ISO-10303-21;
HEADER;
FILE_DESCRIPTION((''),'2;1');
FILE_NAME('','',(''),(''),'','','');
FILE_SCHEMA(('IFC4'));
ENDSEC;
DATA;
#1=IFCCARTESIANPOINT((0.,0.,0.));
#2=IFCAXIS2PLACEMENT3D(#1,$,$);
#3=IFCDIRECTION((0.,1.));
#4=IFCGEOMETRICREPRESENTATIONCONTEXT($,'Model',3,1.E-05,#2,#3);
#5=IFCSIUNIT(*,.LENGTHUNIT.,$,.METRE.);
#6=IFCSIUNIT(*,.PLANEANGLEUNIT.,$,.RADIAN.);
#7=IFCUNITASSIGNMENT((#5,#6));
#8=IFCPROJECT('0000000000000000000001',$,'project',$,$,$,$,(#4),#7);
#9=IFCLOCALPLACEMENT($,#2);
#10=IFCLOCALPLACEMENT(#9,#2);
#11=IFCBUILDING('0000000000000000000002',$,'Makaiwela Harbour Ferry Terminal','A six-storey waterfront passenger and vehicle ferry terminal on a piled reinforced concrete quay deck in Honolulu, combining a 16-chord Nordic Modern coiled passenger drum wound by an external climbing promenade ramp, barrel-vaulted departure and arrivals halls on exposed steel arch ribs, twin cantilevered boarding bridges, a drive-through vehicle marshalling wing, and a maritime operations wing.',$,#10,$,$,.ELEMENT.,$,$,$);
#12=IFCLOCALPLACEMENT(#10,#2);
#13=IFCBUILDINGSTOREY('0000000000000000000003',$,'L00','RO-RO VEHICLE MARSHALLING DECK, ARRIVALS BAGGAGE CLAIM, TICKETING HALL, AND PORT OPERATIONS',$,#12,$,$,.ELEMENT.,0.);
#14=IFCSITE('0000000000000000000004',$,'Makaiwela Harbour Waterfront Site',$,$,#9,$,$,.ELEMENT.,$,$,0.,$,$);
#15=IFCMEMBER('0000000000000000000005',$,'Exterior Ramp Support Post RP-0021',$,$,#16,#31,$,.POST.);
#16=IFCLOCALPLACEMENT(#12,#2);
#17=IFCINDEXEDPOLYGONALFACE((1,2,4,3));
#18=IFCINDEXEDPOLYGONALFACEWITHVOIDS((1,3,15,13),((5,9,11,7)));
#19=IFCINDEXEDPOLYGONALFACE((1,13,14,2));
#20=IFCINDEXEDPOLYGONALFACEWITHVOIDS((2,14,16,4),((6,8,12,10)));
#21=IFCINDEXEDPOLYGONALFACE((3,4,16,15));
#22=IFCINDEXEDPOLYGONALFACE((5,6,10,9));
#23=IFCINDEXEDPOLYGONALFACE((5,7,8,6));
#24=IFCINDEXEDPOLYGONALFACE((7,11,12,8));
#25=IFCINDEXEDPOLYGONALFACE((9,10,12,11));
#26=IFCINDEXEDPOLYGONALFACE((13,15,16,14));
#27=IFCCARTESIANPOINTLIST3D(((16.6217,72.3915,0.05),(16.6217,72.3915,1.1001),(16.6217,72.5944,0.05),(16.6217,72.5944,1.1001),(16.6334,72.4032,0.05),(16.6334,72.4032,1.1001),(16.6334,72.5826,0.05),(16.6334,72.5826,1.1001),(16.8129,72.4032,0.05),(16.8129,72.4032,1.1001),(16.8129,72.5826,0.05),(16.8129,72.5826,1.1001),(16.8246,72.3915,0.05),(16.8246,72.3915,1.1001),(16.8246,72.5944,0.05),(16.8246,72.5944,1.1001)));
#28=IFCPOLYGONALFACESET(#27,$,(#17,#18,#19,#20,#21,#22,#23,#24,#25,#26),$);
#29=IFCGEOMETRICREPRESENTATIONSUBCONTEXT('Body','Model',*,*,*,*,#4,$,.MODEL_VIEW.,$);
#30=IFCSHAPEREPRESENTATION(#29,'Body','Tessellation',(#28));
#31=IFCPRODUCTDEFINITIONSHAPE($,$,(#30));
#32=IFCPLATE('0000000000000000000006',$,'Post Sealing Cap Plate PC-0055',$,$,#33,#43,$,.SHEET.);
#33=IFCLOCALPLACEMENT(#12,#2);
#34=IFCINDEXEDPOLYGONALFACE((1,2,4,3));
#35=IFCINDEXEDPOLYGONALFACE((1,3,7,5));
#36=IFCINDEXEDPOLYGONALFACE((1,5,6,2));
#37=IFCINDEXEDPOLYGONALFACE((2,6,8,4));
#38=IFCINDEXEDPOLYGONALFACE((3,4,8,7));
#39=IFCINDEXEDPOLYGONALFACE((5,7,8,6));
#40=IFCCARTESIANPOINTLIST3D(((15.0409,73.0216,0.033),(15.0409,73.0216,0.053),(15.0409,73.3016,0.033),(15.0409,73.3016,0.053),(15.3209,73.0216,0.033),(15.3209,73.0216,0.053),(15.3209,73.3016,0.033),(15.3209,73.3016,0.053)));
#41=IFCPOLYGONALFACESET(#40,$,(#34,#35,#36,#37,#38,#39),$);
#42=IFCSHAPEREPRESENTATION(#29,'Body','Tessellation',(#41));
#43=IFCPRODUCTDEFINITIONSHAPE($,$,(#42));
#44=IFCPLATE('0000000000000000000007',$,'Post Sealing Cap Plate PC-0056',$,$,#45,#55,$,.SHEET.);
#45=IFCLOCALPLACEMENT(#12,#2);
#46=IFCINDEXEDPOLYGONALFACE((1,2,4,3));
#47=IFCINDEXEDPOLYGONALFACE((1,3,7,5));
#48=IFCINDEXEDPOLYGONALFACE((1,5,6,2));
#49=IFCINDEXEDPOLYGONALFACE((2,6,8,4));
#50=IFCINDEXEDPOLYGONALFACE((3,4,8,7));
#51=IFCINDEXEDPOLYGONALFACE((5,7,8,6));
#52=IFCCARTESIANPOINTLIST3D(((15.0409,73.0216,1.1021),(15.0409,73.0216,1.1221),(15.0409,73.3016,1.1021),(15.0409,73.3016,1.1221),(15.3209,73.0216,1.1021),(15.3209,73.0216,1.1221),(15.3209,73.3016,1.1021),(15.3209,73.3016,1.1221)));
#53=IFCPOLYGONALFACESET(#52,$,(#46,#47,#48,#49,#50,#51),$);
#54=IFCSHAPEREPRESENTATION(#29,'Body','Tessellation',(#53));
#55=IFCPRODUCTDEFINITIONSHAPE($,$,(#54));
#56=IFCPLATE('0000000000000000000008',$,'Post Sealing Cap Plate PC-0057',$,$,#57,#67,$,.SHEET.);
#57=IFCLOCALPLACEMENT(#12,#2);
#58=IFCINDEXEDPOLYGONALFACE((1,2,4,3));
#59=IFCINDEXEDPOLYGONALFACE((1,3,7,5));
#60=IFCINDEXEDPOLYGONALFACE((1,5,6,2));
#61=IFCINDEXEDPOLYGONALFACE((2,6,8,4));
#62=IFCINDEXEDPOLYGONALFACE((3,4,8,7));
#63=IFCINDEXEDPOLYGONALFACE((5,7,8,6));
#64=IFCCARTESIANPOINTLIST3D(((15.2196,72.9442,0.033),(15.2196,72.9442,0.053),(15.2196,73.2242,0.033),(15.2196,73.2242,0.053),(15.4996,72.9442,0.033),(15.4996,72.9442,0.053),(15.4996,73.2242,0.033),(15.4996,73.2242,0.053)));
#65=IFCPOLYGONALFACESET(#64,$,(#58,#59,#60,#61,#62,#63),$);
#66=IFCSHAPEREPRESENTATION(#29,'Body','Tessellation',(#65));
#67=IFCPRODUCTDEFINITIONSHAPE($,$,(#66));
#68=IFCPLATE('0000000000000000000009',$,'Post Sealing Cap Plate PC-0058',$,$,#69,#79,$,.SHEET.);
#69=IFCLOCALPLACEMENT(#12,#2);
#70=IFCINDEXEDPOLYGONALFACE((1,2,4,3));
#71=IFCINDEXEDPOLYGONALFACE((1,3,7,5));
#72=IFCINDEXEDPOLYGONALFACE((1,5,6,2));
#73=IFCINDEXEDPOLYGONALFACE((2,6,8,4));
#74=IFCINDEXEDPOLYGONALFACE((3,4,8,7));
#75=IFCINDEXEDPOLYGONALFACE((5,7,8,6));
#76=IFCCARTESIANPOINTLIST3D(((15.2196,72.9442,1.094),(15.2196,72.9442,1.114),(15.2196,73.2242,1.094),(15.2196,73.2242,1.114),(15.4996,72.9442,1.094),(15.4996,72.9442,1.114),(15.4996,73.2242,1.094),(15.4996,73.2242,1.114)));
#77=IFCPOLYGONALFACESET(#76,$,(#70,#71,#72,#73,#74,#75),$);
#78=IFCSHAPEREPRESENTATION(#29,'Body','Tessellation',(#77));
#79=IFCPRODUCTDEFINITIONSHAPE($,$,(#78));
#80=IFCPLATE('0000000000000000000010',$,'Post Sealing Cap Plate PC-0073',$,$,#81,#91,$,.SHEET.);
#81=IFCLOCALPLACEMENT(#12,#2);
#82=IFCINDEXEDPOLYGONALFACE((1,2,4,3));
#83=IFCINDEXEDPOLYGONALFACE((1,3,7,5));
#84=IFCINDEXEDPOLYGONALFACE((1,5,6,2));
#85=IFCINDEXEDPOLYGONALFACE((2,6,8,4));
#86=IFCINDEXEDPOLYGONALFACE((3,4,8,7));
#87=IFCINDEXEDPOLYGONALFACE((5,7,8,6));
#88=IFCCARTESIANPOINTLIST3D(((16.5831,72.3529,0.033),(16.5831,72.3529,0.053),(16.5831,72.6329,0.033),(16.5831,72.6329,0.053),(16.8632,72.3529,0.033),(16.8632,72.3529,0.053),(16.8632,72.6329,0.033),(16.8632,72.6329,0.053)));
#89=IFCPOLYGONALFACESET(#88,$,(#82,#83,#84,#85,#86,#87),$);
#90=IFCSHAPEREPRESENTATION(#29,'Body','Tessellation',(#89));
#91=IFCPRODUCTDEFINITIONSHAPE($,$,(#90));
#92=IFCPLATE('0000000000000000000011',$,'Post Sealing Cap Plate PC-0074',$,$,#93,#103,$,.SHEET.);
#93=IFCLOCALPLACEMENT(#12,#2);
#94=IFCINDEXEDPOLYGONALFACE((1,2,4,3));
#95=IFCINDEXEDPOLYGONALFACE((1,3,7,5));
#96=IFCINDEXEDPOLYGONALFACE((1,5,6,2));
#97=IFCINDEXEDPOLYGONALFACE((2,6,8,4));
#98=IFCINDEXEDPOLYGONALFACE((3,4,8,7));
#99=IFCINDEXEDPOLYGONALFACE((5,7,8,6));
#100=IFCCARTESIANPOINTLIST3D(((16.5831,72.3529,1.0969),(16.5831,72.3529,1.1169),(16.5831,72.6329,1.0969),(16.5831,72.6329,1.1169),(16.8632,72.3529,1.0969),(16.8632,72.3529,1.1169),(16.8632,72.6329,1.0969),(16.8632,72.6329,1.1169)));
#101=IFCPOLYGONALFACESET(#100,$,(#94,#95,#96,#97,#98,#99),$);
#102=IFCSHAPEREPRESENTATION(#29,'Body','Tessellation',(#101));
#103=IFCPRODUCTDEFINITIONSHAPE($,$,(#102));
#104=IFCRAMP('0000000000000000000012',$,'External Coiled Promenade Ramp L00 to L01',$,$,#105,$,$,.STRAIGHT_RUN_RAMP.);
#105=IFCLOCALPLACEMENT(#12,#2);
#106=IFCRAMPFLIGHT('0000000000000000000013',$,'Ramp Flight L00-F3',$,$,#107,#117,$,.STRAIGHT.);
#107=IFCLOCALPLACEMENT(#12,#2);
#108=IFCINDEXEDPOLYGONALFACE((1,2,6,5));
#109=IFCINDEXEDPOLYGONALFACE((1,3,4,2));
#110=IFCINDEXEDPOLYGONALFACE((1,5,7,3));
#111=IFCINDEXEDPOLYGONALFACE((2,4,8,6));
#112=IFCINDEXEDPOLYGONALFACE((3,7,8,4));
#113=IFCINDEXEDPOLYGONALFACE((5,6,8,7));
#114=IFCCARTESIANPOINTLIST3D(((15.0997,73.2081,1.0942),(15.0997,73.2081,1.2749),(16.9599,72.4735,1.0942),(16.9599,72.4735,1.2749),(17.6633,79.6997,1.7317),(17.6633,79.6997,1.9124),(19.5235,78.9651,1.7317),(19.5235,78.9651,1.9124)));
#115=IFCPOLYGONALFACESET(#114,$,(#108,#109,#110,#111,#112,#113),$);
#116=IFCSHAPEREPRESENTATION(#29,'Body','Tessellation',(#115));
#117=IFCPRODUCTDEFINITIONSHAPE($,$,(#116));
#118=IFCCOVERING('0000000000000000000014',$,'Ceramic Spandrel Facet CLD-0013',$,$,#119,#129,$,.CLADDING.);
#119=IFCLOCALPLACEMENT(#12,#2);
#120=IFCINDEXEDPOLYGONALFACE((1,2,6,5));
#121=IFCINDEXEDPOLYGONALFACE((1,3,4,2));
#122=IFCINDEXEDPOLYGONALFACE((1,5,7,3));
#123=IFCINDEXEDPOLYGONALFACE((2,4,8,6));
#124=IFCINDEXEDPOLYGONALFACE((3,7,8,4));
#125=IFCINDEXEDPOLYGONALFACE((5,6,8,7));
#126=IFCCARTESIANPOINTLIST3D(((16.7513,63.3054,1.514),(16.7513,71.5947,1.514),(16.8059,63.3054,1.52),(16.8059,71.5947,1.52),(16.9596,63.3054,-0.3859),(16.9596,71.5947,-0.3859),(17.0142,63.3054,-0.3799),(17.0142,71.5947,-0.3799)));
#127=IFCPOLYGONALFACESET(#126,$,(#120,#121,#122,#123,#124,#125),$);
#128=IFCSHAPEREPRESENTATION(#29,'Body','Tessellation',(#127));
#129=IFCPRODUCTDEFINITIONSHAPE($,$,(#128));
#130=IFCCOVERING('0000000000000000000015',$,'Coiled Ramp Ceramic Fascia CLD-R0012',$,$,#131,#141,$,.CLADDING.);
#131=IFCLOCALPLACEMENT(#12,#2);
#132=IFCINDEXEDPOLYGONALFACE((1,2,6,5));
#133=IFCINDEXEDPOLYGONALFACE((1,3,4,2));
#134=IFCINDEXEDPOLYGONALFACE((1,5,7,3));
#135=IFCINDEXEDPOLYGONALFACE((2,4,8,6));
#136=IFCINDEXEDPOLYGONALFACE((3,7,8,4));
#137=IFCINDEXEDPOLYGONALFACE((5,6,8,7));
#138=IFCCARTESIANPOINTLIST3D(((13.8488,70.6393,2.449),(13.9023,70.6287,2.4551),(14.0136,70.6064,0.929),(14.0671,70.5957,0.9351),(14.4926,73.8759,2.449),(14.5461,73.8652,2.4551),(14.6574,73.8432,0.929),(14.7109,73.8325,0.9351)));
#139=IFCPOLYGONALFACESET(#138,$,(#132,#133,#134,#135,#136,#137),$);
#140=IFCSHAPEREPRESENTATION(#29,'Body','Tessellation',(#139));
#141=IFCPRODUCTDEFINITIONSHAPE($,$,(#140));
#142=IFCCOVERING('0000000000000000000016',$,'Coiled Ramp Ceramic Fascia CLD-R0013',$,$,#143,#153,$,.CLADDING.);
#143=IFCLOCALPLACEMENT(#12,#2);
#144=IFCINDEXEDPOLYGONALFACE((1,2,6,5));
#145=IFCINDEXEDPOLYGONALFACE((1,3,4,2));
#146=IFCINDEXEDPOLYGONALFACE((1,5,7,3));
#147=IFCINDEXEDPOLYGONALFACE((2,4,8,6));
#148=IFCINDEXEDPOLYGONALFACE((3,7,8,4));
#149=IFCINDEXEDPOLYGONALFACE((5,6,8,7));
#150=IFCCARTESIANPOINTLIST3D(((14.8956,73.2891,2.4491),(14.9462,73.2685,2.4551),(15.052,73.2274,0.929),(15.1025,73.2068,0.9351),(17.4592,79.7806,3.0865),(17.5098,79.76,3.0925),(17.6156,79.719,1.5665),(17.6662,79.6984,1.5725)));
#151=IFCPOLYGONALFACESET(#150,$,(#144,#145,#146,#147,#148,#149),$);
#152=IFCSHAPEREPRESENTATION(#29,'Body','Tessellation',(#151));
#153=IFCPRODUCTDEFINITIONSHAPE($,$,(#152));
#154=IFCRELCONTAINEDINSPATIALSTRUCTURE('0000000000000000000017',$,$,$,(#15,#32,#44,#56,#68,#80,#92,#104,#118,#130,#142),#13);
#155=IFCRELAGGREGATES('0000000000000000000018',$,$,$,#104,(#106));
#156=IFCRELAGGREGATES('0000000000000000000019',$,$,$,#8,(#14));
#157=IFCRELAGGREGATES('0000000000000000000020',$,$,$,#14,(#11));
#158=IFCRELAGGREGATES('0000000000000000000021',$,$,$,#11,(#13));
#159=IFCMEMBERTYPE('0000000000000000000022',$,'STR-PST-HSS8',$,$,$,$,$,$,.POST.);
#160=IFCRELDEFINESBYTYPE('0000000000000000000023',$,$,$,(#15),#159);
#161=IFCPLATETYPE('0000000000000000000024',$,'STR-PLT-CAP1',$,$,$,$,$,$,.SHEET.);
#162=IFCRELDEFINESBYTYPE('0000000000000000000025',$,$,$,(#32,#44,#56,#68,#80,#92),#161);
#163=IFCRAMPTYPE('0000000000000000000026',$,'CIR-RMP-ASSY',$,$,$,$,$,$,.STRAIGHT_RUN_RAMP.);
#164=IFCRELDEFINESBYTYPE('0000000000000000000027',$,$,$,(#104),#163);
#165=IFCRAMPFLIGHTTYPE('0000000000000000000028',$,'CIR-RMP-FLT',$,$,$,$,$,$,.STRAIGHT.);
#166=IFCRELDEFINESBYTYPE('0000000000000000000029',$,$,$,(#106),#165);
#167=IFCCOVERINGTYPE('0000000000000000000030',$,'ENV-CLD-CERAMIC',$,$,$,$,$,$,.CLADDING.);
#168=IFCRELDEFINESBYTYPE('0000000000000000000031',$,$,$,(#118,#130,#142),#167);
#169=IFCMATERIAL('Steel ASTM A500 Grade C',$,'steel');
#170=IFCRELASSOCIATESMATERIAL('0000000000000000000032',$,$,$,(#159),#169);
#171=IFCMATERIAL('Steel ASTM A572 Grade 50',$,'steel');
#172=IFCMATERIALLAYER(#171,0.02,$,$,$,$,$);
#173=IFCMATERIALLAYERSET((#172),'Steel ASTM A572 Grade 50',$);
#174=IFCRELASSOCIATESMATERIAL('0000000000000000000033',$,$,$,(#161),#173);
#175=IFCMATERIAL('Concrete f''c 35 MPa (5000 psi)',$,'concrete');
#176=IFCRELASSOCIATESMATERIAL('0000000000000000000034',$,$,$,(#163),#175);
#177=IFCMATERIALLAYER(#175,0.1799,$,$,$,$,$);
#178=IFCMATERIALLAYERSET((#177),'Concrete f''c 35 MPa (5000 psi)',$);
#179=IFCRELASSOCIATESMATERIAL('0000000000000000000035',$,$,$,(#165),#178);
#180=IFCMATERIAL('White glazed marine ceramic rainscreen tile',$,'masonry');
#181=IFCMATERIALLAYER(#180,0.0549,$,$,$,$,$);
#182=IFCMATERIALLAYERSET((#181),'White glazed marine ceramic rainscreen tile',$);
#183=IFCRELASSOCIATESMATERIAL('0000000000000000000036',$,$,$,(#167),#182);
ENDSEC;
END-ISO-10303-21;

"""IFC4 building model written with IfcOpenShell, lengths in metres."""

from ifc_helpers import new_model, si_unit, direction, frame, origin, origin_2d, place, context, subcontext, project, spatial, polyline, rectangle, hollow_rectangle, outline, extrude, material, layer, layer_set, material_profile, profile_set, type_object, element, aggregate, save


model = new_model("IFC4")

# Units and contexts
model_context = context("Model", 3, precision=1e-05, world=origin(), true_north=direction((0.0, 1.0)))
body_context = subcontext(model_context, "Body", "Model", "MODEL_VIEW")
ifc_project = project(units=[si_unit("LENGTHUNIT", "METRE"), si_unit("PLANEANGLEUNIT", "RADIAN")], contexts=[model_context])

# Site, building, storey
site_placement = place(None, origin())
site = spatial("IfcSite", under=ifc_project, at=site_placement, Name="Makaiwela Harbour Waterfront Site", CompositionType="ELEMENT", RefElevation=0.0)
building_placement = place(site_placement, origin())
building = spatial("IfcBuilding", under=site, at=building_placement, Name="Makaiwela Harbour Ferry Terminal", Description="A six-storey waterfront passenger and vehicle ferry terminal on a piled reinforced concrete quay deck in Honolulu, combining a 16-chord Nordic Modern coiled passenger drum wound by an external climbing promenade ramp, barrel-vaulted departure and arrivals halls on exposed steel arch ribs, twin cantilevered boarding bridges, a drive-through vehicle marshalling wing, and a maritime operations wing.", CompositionType="ELEMENT")
storey_placement = place(building_placement, origin())
storey = spatial("IfcBuildingStorey", under=building, at=storey_placement, Name="L00", Description="RO-RO VEHICLE MARSHALLING DECK, ARRIVALS BAGGAGE CLAIM, TICKETING HALL, AND PORT OPERATIONS", CompositionType="ELEMENT", Elevation=0.0)

# Member
ifc_material_1 = material(Name="Steel ASTM A500 Grade C", Category="steel")
ifc_material_profile_1 = material_profile(ifc_material_1, hollow_rectangle(XDim=0.2029, YDim=0.2029, WallThickness=0.0117, at=origin_2d()), Name="HSS8X8X1/2")
ifc_profile_set_1 = profile_set([ifc_material_profile_1], Name="Steel ASTM A500 Grade C")
member_type_1 = type_object("IfcMemberType", Name="STR-PST-HSS8", PredefinedType="POST", material=ifc_profile_set_1)
member_1_placement = place(storey_placement, frame((16.7231, 72.4929, 0.05), z_axis=(0.0, 0.0, 1.0), x_axis=(1.0, 0.0, 0.0)))
element("IfcMember", 1, at=member_1_placement, inside=storey, type_object=member_type_1, Name="Exterior Ramp Support Post RP-0021", PredefinedType="POST", context=body_context, shape_type="SweptSolid", body=[
    extrude(hollow_rectangle(XDim=0.2029, YDim=0.2029, WallThickness=0.0117, at=origin_2d()), origin(), (0.0, 0.0, 1.0), 1.05),
])

# Plates
ifc_material_2 = material(Name="Steel ASTM A572 Grade 50", Category="steel")
ifc_layer_1 = layer(ifc_material_2, 0.02)
ifc_layer_set_1 = layer_set([ifc_layer_1], Name="Steel ASTM A572 Grade 50")
plate_type = type_object("IfcPlateType", Name="STR-PLT-CAP1", PredefinedType="SHEET", material=ifc_layer_set_1)
for number, where, z_axis, x_axis, name in (
    (2, (15.1809, 73.1616, 0.033), (0.0, 0.0, 1.0), (1.0, 0.0, 0.0), "Post Sealing Cap Plate PC-0055"),
    (3, (15.1809, 73.1616, 1.1021), (0.0, 0.0, 1.0), (1.0, 0.0, 0.0), "Post Sealing Cap Plate PC-0056"),
    (4, (15.3596, 73.0842, 0.033), (0.0, 0.0, 1.0), (1.0, 0.0, 0.0), "Post Sealing Cap Plate PC-0057"),
    (5, (15.3596, 73.0842, 1.094), (0.0, 0.0, 1.0), (1.0, 0.0, 0.0), "Post Sealing Cap Plate PC-0058"),
    (6, (16.7231, 72.4929, 0.033), (0.0, 0.0, 1.0), (1.0, 0.0, 0.0), "Post Sealing Cap Plate PC-0073"),
    (7, (16.7231, 72.4929, 1.0969), (0.0, 0.0, 1.0), (1.0, 0.0, 0.0), "Post Sealing Cap Plate PC-0074"),
):
    element("IfcPlate", number, at=place(storey_placement, frame(where, z_axis=z_axis, x_axis=x_axis)), inside=storey, type_object=plate_type, Name=name, PredefinedType="SHEET", context=body_context, shape_type="SweptSolid", body=[
        extrude(rectangle(XDim=0.28, YDim=0.28, at=origin_2d()), origin(), (0.0, 0.0, 1.0), 0.02),
    ])

# Ramp, ramp flight
ifc_material_3 = material(Name="Concrete f'c 35 MPa (5000 psi)", Category="concrete")
ramp_type = type_object("IfcRampType", Name="CIR-RMP-ASSY", PredefinedType="STRAIGHT_RUN_RAMP", material=ifc_material_3)
ramp_placement = place(storey_placement, origin())
ramp = element("IfcRamp", 8, at=ramp_placement, inside=storey, type_object=ramp_type, Name="External Coiled Promenade Ramp L00 to L01", PredefinedType="STRAIGHT_RUN_RAMP")
ifc_layer_2 = layer(ifc_material_3, 0.1799)
ifc_layer_set_2 = layer_set([ifc_layer_2], Name="Concrete f'c 35 MPa (5000 psi)")
ramp_flight_type = type_object("IfcRampFlightType", Name="CIR-RMP-FLT", PredefinedType="STRAIGHT", material=ifc_layer_set_2)
ramp_flight_placement = place(storey_placement, frame((16.0298, 72.8408, 1.2749), z_axis=(0.0, 0.0, 1.0), x_axis=(0.367313, 0.930097, 0.0)))
ramp_flight = element("IfcRampFlight", 9, at=ramp_flight_placement, type_object=ramp_flight_type, Name="Ramp Flight L00-F3", PredefinedType="STRAIGHT", context=body_context, shape_type="SweptSolid", body=[
    extrude(outline(polyline([(0.0, 0.0), (6.9795, 0.6375), (6.9795, 0.4568), (0.0, -0.1807), (0.0, 0.0)])), frame((0.0, 1.0, 0.0), z_axis=(0.0, -1.0, 0.0), x_axis=(1.0, 0.0, 0.0)), (0.0, 0.0, 1.0), 2.0),
])
aggregate(ramp, [ramp_flight])

# Coverings
ifc_material_4 = material(Name="White glazed marine ceramic rainscreen tile", Category="masonry")
ifc_layer_3 = layer(ifc_material_4, 0.0549)
ifc_layer_set_3 = layer_set([ifc_layer_3], Name="White glazed marine ceramic rainscreen tile")
covering_type = type_object("IfcCoveringType", Name="ENV-CLD-CERAMIC", PredefinedType="CLADDING", material=ifc_layer_set_3)
covering_1_placement = place(storey_placement, frame((17.0142, 71.5947, -0.3799), z_axis=(0.994046, 0.0, 0.108959), x_axis=(0.0, -1.0, 0.0)))
element("IfcCovering", 10, at=covering_1_placement, inside=storey, type_object=covering_type, Name="Ceramic Spandrel Facet CLD-0013", PredefinedType="CLADDING", context=body_context, shape_type="SweptSolid", body=[
    extrude(outline(polyline([(0.0, 0.0), (8.2893, 0.0), (8.2893, -1.9113), (0.0, -1.9113), (0.0, 0.0)])), origin(), (0.0, 0.0, -1.0), 0.0549),
])
covering_2_placement = place(storey_placement, frame((14.7109, 73.8325, 0.9351), z_axis=(0.974848, -0.193903, 0.109878), x_axis=(-0.195084, -0.980786, -0.000001)))
element("IfcCovering", 11, at=covering_2_placement, inside=storey, type_object=covering_type, Name="Coiled Ramp Ceramic Fascia CLD-R0012", PredefinedType="CLADDING", context=body_context, shape_type="SweptSolid", body=[
    extrude(outline(polyline([(0.0, 0.0), (3.3002, 0.0), (3.3, -1.5293), (0.0001, -1.5293), (0.0, 0.0)])), origin(), (0.0, 0.0, -1.0), 0.0549),
])
covering_3_placement = place(storey_placement, frame((15.1025, 73.2068, 0.9351), z_axis=(0.920731, -0.3744, 0.109904), x_axis=(0.365784, 0.926244, 0.090956)))
element("IfcCovering", 12, at=covering_3_placement, inside=storey, type_object=covering_type, Name="Coiled Ramp Ceramic Fascia CLD-R0013", PredefinedType="CLADDING", context=body_context, shape_type="SweptSolid", body=[
    extrude(outline(polyline([(0.0, 0.0), (7.0086, 0.0), (7.1466, 1.523), (0.1382, 1.523), (0.0, 0.0)])), origin(), (0.0, 0.0, -1.0), 0.0549),
])

save(model, "model.ifc")
